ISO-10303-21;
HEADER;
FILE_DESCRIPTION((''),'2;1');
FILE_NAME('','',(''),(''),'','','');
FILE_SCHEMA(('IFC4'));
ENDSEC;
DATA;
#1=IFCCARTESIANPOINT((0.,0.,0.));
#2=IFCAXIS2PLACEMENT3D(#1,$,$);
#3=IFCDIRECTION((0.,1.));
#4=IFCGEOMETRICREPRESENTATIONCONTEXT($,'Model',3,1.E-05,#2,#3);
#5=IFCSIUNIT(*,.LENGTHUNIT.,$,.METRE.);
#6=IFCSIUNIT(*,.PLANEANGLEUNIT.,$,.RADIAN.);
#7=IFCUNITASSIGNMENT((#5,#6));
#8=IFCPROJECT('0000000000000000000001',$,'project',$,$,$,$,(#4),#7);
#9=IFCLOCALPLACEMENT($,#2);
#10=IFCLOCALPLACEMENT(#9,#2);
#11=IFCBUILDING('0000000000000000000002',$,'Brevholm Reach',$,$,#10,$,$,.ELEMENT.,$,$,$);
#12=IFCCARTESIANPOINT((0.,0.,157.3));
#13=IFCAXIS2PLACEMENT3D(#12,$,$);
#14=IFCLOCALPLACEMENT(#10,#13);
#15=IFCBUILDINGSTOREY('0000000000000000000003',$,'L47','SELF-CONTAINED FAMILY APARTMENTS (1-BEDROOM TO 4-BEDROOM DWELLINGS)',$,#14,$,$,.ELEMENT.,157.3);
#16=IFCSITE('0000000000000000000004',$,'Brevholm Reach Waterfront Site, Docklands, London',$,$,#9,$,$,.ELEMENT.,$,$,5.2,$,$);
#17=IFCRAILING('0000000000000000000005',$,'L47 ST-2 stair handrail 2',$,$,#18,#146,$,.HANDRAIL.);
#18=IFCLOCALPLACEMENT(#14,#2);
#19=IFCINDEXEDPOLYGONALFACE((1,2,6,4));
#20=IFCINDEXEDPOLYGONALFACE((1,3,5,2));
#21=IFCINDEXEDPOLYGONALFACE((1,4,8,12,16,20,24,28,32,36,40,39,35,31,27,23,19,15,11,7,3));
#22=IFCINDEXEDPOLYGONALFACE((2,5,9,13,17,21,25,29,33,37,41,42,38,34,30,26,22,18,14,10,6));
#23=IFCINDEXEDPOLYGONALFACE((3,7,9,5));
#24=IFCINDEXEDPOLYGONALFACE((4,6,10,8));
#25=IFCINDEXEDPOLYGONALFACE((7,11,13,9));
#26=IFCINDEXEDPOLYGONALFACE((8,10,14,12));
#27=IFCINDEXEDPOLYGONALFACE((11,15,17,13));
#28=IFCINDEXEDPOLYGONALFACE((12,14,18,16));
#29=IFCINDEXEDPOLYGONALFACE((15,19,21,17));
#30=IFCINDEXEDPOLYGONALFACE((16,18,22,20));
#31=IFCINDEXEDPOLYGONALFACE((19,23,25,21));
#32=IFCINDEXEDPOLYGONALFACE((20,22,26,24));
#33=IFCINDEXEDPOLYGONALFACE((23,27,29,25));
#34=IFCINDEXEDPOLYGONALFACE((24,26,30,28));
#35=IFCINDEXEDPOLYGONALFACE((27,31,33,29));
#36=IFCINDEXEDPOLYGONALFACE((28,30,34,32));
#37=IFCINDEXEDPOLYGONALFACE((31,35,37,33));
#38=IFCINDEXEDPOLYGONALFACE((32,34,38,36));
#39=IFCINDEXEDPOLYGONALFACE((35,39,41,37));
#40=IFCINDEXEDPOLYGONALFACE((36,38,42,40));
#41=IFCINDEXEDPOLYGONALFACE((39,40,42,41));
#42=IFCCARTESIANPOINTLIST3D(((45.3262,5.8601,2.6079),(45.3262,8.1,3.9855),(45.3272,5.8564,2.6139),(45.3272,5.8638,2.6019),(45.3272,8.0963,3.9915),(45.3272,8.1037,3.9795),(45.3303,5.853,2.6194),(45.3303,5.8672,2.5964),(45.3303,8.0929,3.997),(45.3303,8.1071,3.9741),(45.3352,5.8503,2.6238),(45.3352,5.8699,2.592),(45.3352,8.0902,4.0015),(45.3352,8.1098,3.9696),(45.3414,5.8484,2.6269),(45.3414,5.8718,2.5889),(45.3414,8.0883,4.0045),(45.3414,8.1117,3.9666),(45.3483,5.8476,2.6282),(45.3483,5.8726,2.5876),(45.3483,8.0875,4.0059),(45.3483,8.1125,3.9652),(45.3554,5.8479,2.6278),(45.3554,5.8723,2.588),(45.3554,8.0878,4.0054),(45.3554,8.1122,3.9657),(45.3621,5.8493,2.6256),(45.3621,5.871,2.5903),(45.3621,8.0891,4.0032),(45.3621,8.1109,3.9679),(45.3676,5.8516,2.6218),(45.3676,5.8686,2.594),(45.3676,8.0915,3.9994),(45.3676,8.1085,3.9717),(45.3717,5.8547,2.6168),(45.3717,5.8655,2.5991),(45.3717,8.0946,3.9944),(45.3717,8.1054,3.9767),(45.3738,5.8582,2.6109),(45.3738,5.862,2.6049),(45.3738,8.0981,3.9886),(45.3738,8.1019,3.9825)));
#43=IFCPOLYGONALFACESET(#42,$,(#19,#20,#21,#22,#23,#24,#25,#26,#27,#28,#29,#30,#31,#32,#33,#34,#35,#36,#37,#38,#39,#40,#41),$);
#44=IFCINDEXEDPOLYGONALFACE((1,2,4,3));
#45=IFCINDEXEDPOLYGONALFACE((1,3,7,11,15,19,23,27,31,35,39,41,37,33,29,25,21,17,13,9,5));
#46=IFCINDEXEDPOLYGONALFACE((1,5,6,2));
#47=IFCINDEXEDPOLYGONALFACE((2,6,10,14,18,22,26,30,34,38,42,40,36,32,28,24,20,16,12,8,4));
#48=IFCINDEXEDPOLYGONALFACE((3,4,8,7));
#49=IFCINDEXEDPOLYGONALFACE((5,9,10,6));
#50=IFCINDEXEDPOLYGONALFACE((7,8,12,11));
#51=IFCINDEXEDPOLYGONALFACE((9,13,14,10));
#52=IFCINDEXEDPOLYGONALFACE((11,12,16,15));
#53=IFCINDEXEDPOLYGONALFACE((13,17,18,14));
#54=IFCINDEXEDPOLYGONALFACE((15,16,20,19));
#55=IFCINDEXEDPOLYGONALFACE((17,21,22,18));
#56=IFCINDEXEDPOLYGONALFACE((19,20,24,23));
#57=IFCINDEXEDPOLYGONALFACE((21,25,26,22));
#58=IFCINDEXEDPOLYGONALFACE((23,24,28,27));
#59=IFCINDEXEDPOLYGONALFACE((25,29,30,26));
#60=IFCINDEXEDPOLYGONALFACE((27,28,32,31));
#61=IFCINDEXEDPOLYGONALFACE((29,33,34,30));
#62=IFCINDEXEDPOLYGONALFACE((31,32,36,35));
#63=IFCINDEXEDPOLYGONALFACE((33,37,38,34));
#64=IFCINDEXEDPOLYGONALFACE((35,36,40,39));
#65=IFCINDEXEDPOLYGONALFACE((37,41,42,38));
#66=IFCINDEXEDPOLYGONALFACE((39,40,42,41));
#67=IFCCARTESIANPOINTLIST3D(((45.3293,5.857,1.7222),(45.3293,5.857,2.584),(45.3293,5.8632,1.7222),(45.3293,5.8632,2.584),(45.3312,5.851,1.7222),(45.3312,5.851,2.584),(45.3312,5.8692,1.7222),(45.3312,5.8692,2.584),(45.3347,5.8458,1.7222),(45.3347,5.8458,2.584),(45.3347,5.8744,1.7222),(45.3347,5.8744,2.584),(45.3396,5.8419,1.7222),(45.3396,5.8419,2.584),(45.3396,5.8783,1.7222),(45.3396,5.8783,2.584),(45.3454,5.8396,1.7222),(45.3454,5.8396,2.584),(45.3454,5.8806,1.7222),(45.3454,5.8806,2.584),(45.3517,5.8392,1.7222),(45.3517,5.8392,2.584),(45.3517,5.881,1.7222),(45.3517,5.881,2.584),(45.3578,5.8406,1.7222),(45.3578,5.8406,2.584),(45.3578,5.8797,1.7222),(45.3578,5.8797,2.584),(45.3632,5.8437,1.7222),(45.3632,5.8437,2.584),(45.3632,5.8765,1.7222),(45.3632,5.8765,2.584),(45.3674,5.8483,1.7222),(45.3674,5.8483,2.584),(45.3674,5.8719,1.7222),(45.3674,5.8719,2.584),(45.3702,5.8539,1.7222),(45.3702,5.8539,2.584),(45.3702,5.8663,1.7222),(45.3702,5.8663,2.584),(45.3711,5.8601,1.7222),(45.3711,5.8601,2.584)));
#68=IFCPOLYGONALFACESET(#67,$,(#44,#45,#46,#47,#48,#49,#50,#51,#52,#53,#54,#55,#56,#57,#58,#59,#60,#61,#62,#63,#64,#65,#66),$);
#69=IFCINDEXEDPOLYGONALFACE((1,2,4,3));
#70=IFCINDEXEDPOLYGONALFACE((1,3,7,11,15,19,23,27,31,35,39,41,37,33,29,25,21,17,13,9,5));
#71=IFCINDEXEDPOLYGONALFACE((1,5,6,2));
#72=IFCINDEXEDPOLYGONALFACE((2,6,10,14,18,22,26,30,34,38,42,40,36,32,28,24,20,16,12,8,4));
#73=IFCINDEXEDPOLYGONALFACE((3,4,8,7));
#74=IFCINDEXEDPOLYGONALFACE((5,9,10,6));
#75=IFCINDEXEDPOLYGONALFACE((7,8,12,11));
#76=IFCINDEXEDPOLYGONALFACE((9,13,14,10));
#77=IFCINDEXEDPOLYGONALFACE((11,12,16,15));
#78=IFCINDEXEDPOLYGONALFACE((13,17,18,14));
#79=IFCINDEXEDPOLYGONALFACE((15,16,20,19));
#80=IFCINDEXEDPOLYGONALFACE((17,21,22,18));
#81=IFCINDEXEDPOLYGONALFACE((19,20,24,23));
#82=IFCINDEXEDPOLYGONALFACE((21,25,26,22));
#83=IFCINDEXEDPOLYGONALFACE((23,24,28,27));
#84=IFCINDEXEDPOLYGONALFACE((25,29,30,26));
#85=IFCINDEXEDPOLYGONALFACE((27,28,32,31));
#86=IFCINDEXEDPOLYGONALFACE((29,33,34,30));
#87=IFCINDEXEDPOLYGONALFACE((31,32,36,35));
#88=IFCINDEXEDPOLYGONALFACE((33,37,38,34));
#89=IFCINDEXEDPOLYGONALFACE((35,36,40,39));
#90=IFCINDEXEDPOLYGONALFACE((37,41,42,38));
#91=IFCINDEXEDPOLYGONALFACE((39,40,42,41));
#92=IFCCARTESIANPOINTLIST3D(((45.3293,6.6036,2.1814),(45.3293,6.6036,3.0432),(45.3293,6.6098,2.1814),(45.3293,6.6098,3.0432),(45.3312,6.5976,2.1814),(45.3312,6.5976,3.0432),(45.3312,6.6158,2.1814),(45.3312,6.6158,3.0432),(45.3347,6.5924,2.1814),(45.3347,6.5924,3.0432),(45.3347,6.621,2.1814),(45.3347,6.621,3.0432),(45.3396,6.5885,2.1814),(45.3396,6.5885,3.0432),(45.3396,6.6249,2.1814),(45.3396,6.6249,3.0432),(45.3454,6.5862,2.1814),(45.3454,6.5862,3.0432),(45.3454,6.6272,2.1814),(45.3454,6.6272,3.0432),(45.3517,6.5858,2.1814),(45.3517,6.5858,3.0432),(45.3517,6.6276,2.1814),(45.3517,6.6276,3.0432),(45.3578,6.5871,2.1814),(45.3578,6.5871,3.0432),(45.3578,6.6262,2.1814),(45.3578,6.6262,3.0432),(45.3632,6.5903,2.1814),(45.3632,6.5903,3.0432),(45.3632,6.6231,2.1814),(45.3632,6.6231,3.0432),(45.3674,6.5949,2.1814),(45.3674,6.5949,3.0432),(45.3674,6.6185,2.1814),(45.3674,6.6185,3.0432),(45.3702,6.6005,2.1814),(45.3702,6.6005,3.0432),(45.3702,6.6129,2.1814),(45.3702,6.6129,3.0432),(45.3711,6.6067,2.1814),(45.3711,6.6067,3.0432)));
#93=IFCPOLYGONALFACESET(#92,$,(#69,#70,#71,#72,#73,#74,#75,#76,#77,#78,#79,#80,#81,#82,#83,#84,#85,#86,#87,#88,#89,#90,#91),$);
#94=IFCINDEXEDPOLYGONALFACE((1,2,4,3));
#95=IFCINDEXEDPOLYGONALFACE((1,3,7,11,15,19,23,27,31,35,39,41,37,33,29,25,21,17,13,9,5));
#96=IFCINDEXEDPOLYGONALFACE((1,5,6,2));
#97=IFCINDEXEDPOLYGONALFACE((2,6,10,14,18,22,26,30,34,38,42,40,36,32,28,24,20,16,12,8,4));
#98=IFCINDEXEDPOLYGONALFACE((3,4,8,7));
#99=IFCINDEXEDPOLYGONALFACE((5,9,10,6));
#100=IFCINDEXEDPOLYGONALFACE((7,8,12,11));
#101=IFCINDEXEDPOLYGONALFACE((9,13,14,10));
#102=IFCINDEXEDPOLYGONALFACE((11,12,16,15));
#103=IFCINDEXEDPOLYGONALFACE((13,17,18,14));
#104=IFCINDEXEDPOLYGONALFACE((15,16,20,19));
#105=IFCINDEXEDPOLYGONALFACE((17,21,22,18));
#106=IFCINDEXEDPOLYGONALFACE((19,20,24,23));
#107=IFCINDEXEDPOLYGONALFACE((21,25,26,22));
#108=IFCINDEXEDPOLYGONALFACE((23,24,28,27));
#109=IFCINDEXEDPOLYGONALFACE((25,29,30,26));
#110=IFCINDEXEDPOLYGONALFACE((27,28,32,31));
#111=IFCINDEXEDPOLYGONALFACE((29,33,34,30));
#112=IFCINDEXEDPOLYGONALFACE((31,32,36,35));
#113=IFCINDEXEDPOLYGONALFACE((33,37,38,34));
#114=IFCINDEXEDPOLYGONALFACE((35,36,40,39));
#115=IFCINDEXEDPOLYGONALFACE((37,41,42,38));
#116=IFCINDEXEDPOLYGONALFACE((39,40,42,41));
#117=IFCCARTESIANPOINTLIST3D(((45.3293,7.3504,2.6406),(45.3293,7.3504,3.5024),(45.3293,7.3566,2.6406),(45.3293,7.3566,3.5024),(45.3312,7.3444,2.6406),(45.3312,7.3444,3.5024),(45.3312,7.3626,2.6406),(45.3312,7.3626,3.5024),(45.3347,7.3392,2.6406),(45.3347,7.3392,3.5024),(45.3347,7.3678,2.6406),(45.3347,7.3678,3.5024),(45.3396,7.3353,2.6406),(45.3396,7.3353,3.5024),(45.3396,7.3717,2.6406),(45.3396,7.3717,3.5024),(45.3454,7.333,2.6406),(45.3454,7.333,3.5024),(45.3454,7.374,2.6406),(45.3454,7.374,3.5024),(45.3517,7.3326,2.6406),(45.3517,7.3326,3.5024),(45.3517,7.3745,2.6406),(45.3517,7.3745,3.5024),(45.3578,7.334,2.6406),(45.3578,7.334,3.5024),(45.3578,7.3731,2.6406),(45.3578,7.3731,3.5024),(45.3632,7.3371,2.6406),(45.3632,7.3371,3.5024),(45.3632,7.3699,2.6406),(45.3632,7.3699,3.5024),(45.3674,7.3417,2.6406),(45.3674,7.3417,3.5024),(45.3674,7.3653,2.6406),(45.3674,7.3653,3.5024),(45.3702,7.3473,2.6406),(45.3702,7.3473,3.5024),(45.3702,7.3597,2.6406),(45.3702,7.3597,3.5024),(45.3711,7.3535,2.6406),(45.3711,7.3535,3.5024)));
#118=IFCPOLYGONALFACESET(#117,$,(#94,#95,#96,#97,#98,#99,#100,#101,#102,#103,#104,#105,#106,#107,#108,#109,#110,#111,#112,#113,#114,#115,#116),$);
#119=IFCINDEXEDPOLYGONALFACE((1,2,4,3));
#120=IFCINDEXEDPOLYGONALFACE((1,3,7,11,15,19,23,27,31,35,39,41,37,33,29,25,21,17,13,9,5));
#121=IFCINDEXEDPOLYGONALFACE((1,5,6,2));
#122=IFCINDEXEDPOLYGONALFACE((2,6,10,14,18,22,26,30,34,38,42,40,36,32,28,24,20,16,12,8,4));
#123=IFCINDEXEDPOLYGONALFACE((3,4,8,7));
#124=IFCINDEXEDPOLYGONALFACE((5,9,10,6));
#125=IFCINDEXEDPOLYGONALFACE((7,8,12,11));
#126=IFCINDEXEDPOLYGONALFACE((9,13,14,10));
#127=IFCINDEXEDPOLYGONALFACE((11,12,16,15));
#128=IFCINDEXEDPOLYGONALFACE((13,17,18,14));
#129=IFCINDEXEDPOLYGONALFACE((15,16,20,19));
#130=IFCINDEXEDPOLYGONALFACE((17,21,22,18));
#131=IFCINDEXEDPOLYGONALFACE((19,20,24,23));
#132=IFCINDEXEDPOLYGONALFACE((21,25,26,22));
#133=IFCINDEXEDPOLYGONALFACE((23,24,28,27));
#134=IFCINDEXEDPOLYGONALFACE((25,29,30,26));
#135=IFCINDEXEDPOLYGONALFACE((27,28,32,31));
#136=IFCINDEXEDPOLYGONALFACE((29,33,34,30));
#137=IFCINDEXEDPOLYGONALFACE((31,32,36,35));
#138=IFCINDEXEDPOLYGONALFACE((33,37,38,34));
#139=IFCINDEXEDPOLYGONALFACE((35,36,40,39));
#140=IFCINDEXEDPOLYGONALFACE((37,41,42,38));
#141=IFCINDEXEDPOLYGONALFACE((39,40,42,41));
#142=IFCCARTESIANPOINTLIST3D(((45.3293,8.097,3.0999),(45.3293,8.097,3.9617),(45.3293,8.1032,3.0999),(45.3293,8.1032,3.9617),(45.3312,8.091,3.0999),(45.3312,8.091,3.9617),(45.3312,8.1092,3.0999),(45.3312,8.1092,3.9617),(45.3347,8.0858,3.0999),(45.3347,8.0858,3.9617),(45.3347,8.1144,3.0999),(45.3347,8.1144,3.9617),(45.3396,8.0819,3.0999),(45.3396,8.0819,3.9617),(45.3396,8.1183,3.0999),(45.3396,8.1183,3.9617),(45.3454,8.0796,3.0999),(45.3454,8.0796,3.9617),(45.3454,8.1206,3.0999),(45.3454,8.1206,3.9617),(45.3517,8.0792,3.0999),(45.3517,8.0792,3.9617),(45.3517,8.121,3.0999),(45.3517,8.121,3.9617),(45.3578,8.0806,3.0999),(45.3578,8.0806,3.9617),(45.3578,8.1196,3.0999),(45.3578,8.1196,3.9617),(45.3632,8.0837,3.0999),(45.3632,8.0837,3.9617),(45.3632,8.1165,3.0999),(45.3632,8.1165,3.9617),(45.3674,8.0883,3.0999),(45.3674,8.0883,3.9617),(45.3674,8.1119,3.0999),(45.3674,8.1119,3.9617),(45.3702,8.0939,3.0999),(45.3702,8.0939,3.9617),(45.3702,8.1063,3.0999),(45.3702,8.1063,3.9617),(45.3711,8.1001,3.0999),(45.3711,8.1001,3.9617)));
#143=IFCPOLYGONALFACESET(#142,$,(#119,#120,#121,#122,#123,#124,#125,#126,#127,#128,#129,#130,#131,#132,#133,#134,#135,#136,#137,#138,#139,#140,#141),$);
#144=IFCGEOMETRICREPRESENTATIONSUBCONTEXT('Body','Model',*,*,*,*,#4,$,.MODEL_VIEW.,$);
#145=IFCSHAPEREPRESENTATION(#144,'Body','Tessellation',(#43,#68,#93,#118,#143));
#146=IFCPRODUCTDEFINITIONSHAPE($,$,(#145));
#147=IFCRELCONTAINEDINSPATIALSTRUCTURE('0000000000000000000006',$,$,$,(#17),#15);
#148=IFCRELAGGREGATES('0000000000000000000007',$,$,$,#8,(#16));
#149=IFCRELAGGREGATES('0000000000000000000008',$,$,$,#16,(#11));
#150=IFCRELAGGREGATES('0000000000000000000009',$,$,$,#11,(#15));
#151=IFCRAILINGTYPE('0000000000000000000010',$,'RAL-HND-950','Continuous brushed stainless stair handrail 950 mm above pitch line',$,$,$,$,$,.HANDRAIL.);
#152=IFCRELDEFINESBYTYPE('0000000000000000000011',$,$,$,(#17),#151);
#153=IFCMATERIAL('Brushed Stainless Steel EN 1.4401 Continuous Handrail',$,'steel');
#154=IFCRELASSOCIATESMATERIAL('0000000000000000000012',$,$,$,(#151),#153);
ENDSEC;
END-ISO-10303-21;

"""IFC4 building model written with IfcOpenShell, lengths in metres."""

from ifc_helpers import new_model, si_unit, direction, frame, origin, origin_2d, place, context, subcontext, project, spatial, circle, extrude, material, type_object, element, save


model = new_model("IFC4")

# Units and contexts
model_context = context("Model", 3, precision=1e-05, world=origin(), true_north=direction((0.0, 1.0)))
body_context = subcontext(model_context, "Body", "Model", "MODEL_VIEW")
ifc_project = project(units=[si_unit("LENGTHUNIT", "METRE"), si_unit("PLANEANGLEUNIT", "RADIAN")], contexts=[model_context])

# Site, building, storey
site_placement = place(None, origin())
site = spatial("IfcSite", under=ifc_project, at=site_placement, Name="Brevholm Reach Waterfront Site, Docklands, London", CompositionType="ELEMENT", RefElevation=5.2)
building_placement = place(site_placement, origin())
building = spatial("IfcBuilding", under=site, at=building_placement, Name="Brevholm Reach", CompositionType="ELEMENT")
storey_placement = place(building_placement, frame((0.0, 0.0, 157.3)))
storey = spatial("IfcBuildingStorey", under=building, at=storey_placement, Name="L47", Description="SELF-CONTAINED FAMILY APARTMENTS (1-BEDROOM TO 4-BEDROOM DWELLINGS)", CompositionType="ELEMENT", Elevation=157.3)

# Railing
ifc_material_1 = material(Name="Brushed Stainless Steel EN 1.4401 Continuous Handrail", Category="steel")
railing_type_1 = type_object("IfcRailingType", Name="RAL-HND-950", Description="Continuous brushed stainless stair handrail 950 mm above pitch line", PredefinedType="HANDRAIL", material=ifc_material_1)
railing_1_placement = place(storey_placement, frame((45.3501, 5.8601, 1.7222)))
element("IfcRailing", 1, at=railing_1_placement, inside=storey, type_object=railing_type_1, Name="L47 ST-2 stair handrail 2", PredefinedType="HANDRAIL", context=body_context, shape_type="SweptSolid", body=[
    extrude(circle(Radius=0.0239, at=origin_2d()), frame((0.0, 0.0, 0.8857), z_axis=(0.0, 0.851789, 0.523885), x_axis=(-1.0, 0.0, 0.0)), (0.0, 0.0, 1.0), 2.6296),
    extrude(circle(Radius=0.021, at=origin_2d()), origin(), (0.0, 0.0, 1.0), 0.8618),
    extrude(circle(Radius=0.021, at=origin_2d()), frame((0.0, 0.7466, 0.4592)), (0.0, 0.0, 1.0), 0.8618),
    extrude(circle(Radius=0.021, at=origin_2d()), frame((0.0, 1.4934, 0.9185)), (0.0, 0.0, 1.0), 0.8618),
    extrude(circle(Radius=0.021, at=origin_2d()), frame((0.0, 2.24, 1.3777)), (0.0, 0.0, 1.0), 0.8618),
])

save(model, "model.ifc")
